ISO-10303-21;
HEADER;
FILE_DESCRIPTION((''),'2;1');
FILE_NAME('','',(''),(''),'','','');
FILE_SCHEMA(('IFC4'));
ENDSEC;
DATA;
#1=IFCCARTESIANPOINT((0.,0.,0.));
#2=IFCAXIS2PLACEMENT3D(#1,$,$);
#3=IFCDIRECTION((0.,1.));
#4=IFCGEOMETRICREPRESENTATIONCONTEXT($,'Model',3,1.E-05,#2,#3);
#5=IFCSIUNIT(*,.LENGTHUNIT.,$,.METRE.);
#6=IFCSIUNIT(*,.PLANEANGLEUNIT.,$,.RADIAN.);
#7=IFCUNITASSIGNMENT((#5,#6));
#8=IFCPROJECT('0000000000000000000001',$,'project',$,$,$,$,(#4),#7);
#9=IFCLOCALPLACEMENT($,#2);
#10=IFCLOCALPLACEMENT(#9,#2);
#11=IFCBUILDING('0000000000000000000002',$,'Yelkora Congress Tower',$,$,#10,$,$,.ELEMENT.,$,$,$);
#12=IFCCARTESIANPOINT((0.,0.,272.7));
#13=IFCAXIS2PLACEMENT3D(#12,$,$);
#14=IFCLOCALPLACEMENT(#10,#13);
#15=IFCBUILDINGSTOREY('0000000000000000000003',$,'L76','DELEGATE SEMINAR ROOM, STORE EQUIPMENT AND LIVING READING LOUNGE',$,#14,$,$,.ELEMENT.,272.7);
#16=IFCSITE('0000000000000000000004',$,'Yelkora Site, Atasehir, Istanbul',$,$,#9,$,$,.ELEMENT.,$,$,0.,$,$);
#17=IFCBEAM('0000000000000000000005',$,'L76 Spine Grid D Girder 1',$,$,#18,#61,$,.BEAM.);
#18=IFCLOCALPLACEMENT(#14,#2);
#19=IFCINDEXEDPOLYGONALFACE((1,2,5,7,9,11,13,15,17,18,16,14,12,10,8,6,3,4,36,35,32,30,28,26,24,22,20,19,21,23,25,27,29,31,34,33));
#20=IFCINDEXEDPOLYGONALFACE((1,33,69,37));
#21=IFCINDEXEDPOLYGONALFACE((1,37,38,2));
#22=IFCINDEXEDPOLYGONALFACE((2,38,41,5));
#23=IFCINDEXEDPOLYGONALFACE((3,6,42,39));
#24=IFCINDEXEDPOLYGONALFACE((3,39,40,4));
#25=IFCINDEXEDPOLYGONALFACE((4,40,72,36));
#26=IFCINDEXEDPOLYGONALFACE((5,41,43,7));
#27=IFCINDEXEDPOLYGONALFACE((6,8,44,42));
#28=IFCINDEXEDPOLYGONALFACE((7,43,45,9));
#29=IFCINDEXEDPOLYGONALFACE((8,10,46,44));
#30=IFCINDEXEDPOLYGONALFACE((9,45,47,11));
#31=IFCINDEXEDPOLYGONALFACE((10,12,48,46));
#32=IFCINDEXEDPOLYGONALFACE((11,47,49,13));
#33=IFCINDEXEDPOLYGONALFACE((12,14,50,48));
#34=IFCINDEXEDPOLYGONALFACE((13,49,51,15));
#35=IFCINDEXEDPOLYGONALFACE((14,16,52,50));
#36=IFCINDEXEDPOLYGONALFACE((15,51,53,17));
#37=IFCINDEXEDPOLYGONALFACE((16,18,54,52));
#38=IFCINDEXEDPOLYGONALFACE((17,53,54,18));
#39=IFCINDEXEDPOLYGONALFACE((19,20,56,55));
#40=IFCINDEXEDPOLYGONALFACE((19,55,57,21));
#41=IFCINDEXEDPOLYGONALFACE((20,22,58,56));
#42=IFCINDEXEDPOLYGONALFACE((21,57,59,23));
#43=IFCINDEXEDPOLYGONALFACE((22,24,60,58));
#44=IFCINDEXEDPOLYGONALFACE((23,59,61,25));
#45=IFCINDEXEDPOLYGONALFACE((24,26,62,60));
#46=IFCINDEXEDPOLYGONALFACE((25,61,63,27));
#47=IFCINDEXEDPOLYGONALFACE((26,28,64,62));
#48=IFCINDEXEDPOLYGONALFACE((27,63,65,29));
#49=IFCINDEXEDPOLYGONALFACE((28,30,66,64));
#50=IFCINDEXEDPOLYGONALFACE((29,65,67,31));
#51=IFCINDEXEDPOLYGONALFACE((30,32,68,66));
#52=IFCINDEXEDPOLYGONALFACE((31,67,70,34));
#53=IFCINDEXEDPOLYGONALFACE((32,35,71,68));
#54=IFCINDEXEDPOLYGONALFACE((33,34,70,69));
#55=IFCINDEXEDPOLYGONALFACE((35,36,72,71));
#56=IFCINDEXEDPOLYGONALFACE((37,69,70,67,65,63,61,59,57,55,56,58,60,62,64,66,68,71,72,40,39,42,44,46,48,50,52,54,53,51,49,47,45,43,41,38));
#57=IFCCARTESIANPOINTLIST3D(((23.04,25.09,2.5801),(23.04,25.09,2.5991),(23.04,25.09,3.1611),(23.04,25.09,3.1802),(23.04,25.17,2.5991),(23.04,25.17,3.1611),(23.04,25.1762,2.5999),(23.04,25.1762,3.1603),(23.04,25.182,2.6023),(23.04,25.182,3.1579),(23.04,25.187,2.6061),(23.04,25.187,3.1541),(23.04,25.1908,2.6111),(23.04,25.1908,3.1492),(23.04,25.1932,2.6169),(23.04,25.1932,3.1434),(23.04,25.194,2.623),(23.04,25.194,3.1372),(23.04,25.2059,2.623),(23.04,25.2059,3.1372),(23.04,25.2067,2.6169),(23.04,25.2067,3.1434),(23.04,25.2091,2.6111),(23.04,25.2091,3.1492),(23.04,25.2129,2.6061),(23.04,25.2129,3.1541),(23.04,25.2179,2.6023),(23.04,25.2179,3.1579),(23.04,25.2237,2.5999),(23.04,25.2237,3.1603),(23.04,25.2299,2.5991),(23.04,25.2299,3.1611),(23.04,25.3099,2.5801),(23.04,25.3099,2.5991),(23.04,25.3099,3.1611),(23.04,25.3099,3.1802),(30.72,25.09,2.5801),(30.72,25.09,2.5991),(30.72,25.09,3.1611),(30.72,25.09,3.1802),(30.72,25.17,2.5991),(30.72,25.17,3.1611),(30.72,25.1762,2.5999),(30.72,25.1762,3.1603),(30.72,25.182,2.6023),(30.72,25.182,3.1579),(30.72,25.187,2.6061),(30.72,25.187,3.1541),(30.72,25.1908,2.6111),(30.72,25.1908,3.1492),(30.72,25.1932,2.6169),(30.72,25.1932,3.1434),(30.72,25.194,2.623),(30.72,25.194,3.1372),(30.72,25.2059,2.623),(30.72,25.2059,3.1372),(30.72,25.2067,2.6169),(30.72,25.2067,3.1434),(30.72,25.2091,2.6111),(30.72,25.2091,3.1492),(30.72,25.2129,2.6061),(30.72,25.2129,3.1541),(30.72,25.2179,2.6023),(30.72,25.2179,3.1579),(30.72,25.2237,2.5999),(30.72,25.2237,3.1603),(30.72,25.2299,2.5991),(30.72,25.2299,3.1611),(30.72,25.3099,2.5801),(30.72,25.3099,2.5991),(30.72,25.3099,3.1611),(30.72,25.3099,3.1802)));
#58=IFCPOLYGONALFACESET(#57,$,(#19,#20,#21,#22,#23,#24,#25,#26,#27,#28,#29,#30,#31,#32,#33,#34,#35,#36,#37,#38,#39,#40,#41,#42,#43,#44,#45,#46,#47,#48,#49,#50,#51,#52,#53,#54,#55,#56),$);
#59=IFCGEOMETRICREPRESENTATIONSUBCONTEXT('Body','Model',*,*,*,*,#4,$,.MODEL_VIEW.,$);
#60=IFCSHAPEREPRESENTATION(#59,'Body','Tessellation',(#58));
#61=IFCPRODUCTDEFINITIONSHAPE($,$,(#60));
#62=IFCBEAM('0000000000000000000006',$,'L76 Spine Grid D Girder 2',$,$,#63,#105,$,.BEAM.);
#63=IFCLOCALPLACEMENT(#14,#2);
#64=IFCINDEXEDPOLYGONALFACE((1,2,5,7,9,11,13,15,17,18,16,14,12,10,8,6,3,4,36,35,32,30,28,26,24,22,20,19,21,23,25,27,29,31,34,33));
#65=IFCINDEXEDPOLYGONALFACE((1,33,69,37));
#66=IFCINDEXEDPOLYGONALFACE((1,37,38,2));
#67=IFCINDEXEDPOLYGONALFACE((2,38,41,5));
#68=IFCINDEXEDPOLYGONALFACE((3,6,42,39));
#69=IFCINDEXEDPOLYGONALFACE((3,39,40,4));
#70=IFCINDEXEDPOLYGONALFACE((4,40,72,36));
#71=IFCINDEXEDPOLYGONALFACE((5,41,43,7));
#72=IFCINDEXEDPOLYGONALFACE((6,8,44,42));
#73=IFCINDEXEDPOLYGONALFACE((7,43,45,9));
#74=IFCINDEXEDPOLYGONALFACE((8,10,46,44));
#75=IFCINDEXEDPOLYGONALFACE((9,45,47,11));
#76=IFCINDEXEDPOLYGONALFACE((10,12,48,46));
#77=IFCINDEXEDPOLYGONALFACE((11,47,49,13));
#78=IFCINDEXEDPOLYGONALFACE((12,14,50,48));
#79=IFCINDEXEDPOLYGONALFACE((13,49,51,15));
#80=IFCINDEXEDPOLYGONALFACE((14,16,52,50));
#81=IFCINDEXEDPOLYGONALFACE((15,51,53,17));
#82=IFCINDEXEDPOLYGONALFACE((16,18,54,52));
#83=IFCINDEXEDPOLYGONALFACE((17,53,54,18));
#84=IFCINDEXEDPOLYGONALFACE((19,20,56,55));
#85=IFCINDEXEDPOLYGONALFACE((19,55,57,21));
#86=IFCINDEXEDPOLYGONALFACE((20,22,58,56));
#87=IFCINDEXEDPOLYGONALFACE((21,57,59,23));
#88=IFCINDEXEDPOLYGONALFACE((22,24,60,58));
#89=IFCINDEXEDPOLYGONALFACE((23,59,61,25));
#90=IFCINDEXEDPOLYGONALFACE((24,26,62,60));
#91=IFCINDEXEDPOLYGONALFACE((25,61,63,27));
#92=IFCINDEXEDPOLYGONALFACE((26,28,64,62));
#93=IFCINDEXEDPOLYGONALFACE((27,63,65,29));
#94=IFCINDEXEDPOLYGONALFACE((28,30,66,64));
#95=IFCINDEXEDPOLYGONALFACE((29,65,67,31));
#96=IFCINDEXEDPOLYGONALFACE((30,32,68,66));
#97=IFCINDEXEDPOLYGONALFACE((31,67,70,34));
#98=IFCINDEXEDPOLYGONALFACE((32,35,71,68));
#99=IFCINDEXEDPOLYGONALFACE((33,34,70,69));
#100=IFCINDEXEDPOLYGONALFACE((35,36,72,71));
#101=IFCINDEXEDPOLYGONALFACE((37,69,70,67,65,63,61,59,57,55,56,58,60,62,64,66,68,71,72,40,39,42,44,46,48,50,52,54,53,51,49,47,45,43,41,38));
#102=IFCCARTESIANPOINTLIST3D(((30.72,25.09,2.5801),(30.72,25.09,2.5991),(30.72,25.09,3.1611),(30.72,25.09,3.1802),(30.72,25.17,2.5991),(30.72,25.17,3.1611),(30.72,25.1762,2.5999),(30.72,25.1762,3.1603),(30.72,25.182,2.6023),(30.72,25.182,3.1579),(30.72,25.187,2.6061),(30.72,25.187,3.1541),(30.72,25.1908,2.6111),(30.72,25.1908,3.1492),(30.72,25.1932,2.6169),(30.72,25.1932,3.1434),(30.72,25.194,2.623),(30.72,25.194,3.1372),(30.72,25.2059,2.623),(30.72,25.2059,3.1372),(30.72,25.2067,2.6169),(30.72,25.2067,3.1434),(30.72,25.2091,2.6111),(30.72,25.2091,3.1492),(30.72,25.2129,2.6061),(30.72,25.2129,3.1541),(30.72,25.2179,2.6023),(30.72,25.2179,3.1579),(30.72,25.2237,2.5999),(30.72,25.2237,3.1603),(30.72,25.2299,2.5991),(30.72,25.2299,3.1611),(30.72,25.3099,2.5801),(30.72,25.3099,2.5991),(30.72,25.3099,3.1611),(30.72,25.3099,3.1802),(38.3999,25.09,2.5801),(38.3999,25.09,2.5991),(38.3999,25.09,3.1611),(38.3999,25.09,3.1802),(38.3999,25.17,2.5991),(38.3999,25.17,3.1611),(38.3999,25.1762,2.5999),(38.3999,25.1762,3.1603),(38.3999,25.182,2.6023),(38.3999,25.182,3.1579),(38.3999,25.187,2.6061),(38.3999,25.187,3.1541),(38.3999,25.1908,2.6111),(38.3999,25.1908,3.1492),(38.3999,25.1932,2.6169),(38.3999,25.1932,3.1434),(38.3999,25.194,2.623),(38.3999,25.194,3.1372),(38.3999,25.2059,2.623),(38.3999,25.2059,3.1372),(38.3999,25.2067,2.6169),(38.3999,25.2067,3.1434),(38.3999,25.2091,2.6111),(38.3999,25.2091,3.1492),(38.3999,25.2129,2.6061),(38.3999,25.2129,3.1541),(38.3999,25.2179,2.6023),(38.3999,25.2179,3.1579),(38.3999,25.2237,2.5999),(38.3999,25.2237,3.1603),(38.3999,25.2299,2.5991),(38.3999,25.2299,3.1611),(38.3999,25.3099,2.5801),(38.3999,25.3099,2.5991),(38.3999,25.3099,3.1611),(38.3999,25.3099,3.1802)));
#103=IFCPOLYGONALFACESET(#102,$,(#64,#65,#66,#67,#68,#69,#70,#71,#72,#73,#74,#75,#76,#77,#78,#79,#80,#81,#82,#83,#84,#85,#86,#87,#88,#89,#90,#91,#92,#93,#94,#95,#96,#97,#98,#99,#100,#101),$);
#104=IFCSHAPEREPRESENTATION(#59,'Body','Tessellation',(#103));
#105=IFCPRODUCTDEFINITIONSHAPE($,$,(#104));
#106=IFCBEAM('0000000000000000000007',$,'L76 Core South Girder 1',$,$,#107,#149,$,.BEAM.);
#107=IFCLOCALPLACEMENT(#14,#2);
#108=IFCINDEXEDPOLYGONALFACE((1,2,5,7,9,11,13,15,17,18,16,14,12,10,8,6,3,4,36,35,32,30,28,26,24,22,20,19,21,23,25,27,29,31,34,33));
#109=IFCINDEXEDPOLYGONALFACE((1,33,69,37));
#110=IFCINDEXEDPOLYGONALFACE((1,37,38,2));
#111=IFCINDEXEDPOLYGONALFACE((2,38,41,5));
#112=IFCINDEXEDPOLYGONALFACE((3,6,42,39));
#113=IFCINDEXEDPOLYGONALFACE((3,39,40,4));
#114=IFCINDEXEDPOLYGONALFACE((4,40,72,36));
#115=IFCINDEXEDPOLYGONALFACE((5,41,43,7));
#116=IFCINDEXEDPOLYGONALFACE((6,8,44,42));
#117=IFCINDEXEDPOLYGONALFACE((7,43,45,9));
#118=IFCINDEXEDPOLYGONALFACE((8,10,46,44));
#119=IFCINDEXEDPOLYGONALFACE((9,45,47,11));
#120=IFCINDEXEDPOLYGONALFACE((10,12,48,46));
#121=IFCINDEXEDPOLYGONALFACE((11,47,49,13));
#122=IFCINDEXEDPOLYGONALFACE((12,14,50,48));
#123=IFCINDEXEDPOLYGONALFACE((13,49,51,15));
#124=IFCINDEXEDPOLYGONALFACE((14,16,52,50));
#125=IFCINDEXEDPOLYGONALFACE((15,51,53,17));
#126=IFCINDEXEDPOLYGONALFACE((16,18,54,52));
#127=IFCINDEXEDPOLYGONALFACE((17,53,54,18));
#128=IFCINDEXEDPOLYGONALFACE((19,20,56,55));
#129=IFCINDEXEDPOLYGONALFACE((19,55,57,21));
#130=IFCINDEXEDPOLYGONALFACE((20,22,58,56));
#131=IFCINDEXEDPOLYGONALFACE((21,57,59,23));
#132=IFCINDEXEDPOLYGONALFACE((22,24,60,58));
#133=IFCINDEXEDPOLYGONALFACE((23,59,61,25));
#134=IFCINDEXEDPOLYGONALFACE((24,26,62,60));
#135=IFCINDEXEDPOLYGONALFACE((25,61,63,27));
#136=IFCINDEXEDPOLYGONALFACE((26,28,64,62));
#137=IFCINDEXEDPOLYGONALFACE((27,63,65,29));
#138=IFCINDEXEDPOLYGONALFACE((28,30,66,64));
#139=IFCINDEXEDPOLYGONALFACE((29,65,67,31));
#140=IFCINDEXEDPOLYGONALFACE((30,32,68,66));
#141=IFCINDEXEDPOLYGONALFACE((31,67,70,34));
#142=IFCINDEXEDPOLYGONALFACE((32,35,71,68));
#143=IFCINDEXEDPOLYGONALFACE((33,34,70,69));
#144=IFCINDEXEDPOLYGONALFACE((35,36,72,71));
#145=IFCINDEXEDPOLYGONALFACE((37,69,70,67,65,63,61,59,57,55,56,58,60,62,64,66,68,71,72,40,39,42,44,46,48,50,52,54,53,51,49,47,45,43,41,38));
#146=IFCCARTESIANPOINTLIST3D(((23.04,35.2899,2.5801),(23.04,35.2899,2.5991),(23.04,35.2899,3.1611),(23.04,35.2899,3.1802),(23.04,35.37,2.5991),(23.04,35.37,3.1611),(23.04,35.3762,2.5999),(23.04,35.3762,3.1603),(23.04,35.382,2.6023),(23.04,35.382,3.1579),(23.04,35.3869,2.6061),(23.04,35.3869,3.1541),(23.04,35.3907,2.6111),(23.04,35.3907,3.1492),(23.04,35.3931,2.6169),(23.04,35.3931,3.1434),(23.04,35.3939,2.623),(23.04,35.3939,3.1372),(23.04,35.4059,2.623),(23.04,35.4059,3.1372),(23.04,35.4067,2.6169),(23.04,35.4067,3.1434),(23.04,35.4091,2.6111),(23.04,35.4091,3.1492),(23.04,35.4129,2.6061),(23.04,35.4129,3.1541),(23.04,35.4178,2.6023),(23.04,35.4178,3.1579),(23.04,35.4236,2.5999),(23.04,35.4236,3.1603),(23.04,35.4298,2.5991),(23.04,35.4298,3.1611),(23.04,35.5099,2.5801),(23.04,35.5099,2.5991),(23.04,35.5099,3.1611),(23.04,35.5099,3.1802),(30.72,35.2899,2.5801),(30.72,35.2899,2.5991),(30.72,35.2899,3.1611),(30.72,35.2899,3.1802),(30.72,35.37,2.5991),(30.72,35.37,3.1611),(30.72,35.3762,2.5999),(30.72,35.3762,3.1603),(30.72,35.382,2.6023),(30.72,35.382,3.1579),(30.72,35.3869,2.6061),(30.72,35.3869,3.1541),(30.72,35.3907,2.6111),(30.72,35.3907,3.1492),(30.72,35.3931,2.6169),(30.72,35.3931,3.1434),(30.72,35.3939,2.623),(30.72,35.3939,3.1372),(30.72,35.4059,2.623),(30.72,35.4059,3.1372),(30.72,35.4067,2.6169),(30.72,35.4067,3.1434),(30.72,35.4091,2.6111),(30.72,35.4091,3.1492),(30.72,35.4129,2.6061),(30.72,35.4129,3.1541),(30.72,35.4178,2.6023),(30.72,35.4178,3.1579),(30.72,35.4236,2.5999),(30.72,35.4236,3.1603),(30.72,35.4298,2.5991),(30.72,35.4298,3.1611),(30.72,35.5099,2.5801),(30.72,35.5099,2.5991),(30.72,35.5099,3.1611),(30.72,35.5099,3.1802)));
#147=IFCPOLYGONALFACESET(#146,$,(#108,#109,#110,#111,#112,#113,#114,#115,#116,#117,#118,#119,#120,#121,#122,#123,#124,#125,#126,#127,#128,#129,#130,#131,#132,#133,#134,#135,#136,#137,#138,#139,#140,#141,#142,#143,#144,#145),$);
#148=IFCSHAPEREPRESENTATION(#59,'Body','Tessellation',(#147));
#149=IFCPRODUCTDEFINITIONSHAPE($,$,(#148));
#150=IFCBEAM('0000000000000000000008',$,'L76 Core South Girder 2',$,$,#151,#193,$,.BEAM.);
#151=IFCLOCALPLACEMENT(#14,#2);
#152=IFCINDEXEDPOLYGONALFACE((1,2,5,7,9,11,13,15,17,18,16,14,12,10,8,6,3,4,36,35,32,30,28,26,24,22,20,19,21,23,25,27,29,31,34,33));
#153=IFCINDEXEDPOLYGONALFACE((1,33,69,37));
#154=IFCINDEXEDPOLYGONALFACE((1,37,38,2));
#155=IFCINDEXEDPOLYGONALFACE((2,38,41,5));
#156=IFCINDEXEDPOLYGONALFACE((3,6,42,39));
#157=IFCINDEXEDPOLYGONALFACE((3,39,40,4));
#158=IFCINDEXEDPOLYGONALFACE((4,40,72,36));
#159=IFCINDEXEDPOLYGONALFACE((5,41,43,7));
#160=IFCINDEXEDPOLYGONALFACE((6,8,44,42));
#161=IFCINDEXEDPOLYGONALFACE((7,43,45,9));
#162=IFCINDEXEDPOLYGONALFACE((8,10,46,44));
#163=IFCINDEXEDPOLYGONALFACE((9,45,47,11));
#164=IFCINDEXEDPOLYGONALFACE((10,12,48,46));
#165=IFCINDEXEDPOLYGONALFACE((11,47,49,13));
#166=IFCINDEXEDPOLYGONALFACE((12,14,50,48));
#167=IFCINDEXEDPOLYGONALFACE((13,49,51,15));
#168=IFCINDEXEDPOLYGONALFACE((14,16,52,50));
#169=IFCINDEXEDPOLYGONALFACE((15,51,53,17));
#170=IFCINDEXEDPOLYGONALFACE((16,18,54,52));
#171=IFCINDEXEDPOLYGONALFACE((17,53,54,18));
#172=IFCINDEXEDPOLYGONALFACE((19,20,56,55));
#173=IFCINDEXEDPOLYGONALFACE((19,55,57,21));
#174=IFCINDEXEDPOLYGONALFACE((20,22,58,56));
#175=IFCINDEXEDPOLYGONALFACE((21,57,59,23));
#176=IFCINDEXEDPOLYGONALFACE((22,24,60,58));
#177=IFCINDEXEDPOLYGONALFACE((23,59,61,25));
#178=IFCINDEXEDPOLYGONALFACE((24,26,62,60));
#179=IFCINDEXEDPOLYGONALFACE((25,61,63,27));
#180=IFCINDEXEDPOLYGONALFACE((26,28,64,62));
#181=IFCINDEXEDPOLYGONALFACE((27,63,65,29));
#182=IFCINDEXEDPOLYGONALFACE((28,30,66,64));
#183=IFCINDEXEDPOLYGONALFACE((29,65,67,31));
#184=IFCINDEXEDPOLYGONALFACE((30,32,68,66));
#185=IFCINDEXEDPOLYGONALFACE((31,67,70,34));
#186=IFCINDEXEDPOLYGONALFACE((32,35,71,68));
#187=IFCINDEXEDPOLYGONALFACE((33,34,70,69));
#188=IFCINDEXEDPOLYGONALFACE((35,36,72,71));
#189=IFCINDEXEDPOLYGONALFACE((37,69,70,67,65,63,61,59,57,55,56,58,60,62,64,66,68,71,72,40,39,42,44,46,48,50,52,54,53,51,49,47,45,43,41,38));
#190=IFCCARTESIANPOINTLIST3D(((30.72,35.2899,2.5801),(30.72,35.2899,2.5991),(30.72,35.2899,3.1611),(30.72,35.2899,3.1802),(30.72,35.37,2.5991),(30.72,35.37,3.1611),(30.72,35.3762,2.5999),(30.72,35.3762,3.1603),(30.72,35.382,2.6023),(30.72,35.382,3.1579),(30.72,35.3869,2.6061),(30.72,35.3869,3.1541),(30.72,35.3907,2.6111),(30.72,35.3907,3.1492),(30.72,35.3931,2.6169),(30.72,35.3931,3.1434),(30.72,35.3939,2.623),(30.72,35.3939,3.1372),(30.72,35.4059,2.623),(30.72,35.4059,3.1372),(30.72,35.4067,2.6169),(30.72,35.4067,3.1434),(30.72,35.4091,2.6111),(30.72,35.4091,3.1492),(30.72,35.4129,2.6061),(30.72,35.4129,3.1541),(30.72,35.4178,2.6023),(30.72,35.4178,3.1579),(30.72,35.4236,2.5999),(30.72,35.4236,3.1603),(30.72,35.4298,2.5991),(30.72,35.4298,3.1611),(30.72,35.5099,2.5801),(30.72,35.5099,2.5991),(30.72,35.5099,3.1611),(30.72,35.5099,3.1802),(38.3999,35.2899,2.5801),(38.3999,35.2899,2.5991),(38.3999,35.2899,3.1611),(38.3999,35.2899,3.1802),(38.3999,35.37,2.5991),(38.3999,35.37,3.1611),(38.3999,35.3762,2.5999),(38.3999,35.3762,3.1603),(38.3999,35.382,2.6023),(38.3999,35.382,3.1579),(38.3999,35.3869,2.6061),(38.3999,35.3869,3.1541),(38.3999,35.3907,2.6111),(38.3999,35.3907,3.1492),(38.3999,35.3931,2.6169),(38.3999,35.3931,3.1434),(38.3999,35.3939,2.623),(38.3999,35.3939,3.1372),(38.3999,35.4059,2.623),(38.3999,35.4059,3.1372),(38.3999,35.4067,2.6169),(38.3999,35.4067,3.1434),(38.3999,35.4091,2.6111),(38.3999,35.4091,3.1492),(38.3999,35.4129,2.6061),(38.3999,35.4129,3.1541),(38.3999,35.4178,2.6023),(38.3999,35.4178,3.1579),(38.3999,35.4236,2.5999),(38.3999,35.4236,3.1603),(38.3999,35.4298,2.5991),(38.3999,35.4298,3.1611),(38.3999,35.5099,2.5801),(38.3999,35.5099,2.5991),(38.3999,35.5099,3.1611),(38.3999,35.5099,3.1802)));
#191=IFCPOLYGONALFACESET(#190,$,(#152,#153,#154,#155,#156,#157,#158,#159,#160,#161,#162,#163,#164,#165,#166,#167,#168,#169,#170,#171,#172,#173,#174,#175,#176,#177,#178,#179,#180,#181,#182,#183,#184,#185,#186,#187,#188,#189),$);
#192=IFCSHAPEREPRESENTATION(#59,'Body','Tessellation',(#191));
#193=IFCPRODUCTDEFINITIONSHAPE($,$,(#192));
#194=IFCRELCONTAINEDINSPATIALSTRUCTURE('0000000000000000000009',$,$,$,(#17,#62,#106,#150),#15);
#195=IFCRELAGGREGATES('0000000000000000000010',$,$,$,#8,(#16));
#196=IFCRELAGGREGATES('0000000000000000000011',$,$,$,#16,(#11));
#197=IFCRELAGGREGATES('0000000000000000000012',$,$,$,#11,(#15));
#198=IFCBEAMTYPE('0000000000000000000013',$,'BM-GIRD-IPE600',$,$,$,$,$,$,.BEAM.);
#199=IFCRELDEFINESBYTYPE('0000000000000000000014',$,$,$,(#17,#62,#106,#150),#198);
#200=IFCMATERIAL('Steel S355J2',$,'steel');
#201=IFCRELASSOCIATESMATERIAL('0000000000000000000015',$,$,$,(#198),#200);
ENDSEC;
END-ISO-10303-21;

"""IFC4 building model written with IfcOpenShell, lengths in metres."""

from ifc_helpers import new_model, si_unit, direction, frame, origin, origin_2d, place, context, subcontext, project, spatial, i_section, extrude, material, material_profile, profile_set, type_object, element, save


model = new_model("IFC4")

# Units and contexts
model_context = context("Model", 3, precision=1e-05, world=origin(), true_north=direction((0.0, 1.0)))
body_context = subcontext(model_context, "Body", "Model", "MODEL_VIEW")
ifc_project = project(units=[si_unit("LENGTHUNIT", "METRE"), si_unit("PLANEANGLEUNIT", "RADIAN")], contexts=[model_context])

# Site, building, storey
site_placement = place(None, origin())
site = spatial("IfcSite", under=ifc_project, at=site_placement, Name="Yelkora Site, Atasehir, Istanbul", CompositionType="ELEMENT", RefElevation=0.0)
building_placement = place(site_placement, origin())
building = spatial("IfcBuilding", under=site, at=building_placement, Name="Yelkora Congress Tower", CompositionType="ELEMENT")
storey_placement = place(building_placement, frame((0.0, 0.0, 272.7)))
storey = spatial("IfcBuildingStorey", under=building, at=storey_placement, Name="L76", Description="DELEGATE SEMINAR ROOM, STORE EQUIPMENT AND LIVING READING LOUNGE", CompositionType="ELEMENT", Elevation=272.7)

# Beams
ifc_material_1 = material(Name="Steel S355J2", Category="steel")
ifc_material_profile_1 = material_profile(ifc_material_1, i_section(OverallWidth=0.22, OverallDepth=0.6001, WebThickness=0.012, FlangeThickness=0.019, FilletRadius=0.0239, at=origin_2d()), Name="IPE 600")
ifc_profile_set_1 = profile_set([ifc_material_profile_1], Name="Steel S355J2")
beam_type_1 = type_object("IfcBeamType", Name="BM-GIRD-IPE600", PredefinedType="BEAM", material=ifc_profile_set_1)
for number, where, z_axis, x_axis, name in (
    (1, (23.04, 25.2, 2.8801), (1.0, 0.0, 0.0), (0.0, 1.0, 0.0), "L76 Spine Grid D Girder 1"),
    (2, (30.72, 25.2, 2.8801), (1.0, 0.0, 0.0), (0.0, 1.0, 0.0), "L76 Spine Grid D Girder 2"),
    (3, (23.04, 35.3999, 2.8801), (1.0, 0.0, 0.0), (0.0, 1.0, 0.0), "L76 Core South Girder 1"),
    (4, (30.72, 35.3999, 2.8801), (1.0, 0.0, 0.0), (0.0, 1.0, 0.0), "L76 Core South Girder 2"),
):
    element("IfcBeam", number, at=place(storey_placement, frame(where, z_axis=z_axis, x_axis=x_axis)), inside=storey, type_object=beam_type_1, Name=name, PredefinedType="BEAM", context=body_context, shape_type="SweptSolid", body=[
        extrude(i_section(OverallWidth=0.22, OverallDepth=0.6001, WebThickness=0.012, FlangeThickness=0.019, FilletRadius=0.0239, at=origin_2d()), origin(), (0.0, 0.0, 1.0), 7.6799),
    ])

save(model, "model.ifc")
